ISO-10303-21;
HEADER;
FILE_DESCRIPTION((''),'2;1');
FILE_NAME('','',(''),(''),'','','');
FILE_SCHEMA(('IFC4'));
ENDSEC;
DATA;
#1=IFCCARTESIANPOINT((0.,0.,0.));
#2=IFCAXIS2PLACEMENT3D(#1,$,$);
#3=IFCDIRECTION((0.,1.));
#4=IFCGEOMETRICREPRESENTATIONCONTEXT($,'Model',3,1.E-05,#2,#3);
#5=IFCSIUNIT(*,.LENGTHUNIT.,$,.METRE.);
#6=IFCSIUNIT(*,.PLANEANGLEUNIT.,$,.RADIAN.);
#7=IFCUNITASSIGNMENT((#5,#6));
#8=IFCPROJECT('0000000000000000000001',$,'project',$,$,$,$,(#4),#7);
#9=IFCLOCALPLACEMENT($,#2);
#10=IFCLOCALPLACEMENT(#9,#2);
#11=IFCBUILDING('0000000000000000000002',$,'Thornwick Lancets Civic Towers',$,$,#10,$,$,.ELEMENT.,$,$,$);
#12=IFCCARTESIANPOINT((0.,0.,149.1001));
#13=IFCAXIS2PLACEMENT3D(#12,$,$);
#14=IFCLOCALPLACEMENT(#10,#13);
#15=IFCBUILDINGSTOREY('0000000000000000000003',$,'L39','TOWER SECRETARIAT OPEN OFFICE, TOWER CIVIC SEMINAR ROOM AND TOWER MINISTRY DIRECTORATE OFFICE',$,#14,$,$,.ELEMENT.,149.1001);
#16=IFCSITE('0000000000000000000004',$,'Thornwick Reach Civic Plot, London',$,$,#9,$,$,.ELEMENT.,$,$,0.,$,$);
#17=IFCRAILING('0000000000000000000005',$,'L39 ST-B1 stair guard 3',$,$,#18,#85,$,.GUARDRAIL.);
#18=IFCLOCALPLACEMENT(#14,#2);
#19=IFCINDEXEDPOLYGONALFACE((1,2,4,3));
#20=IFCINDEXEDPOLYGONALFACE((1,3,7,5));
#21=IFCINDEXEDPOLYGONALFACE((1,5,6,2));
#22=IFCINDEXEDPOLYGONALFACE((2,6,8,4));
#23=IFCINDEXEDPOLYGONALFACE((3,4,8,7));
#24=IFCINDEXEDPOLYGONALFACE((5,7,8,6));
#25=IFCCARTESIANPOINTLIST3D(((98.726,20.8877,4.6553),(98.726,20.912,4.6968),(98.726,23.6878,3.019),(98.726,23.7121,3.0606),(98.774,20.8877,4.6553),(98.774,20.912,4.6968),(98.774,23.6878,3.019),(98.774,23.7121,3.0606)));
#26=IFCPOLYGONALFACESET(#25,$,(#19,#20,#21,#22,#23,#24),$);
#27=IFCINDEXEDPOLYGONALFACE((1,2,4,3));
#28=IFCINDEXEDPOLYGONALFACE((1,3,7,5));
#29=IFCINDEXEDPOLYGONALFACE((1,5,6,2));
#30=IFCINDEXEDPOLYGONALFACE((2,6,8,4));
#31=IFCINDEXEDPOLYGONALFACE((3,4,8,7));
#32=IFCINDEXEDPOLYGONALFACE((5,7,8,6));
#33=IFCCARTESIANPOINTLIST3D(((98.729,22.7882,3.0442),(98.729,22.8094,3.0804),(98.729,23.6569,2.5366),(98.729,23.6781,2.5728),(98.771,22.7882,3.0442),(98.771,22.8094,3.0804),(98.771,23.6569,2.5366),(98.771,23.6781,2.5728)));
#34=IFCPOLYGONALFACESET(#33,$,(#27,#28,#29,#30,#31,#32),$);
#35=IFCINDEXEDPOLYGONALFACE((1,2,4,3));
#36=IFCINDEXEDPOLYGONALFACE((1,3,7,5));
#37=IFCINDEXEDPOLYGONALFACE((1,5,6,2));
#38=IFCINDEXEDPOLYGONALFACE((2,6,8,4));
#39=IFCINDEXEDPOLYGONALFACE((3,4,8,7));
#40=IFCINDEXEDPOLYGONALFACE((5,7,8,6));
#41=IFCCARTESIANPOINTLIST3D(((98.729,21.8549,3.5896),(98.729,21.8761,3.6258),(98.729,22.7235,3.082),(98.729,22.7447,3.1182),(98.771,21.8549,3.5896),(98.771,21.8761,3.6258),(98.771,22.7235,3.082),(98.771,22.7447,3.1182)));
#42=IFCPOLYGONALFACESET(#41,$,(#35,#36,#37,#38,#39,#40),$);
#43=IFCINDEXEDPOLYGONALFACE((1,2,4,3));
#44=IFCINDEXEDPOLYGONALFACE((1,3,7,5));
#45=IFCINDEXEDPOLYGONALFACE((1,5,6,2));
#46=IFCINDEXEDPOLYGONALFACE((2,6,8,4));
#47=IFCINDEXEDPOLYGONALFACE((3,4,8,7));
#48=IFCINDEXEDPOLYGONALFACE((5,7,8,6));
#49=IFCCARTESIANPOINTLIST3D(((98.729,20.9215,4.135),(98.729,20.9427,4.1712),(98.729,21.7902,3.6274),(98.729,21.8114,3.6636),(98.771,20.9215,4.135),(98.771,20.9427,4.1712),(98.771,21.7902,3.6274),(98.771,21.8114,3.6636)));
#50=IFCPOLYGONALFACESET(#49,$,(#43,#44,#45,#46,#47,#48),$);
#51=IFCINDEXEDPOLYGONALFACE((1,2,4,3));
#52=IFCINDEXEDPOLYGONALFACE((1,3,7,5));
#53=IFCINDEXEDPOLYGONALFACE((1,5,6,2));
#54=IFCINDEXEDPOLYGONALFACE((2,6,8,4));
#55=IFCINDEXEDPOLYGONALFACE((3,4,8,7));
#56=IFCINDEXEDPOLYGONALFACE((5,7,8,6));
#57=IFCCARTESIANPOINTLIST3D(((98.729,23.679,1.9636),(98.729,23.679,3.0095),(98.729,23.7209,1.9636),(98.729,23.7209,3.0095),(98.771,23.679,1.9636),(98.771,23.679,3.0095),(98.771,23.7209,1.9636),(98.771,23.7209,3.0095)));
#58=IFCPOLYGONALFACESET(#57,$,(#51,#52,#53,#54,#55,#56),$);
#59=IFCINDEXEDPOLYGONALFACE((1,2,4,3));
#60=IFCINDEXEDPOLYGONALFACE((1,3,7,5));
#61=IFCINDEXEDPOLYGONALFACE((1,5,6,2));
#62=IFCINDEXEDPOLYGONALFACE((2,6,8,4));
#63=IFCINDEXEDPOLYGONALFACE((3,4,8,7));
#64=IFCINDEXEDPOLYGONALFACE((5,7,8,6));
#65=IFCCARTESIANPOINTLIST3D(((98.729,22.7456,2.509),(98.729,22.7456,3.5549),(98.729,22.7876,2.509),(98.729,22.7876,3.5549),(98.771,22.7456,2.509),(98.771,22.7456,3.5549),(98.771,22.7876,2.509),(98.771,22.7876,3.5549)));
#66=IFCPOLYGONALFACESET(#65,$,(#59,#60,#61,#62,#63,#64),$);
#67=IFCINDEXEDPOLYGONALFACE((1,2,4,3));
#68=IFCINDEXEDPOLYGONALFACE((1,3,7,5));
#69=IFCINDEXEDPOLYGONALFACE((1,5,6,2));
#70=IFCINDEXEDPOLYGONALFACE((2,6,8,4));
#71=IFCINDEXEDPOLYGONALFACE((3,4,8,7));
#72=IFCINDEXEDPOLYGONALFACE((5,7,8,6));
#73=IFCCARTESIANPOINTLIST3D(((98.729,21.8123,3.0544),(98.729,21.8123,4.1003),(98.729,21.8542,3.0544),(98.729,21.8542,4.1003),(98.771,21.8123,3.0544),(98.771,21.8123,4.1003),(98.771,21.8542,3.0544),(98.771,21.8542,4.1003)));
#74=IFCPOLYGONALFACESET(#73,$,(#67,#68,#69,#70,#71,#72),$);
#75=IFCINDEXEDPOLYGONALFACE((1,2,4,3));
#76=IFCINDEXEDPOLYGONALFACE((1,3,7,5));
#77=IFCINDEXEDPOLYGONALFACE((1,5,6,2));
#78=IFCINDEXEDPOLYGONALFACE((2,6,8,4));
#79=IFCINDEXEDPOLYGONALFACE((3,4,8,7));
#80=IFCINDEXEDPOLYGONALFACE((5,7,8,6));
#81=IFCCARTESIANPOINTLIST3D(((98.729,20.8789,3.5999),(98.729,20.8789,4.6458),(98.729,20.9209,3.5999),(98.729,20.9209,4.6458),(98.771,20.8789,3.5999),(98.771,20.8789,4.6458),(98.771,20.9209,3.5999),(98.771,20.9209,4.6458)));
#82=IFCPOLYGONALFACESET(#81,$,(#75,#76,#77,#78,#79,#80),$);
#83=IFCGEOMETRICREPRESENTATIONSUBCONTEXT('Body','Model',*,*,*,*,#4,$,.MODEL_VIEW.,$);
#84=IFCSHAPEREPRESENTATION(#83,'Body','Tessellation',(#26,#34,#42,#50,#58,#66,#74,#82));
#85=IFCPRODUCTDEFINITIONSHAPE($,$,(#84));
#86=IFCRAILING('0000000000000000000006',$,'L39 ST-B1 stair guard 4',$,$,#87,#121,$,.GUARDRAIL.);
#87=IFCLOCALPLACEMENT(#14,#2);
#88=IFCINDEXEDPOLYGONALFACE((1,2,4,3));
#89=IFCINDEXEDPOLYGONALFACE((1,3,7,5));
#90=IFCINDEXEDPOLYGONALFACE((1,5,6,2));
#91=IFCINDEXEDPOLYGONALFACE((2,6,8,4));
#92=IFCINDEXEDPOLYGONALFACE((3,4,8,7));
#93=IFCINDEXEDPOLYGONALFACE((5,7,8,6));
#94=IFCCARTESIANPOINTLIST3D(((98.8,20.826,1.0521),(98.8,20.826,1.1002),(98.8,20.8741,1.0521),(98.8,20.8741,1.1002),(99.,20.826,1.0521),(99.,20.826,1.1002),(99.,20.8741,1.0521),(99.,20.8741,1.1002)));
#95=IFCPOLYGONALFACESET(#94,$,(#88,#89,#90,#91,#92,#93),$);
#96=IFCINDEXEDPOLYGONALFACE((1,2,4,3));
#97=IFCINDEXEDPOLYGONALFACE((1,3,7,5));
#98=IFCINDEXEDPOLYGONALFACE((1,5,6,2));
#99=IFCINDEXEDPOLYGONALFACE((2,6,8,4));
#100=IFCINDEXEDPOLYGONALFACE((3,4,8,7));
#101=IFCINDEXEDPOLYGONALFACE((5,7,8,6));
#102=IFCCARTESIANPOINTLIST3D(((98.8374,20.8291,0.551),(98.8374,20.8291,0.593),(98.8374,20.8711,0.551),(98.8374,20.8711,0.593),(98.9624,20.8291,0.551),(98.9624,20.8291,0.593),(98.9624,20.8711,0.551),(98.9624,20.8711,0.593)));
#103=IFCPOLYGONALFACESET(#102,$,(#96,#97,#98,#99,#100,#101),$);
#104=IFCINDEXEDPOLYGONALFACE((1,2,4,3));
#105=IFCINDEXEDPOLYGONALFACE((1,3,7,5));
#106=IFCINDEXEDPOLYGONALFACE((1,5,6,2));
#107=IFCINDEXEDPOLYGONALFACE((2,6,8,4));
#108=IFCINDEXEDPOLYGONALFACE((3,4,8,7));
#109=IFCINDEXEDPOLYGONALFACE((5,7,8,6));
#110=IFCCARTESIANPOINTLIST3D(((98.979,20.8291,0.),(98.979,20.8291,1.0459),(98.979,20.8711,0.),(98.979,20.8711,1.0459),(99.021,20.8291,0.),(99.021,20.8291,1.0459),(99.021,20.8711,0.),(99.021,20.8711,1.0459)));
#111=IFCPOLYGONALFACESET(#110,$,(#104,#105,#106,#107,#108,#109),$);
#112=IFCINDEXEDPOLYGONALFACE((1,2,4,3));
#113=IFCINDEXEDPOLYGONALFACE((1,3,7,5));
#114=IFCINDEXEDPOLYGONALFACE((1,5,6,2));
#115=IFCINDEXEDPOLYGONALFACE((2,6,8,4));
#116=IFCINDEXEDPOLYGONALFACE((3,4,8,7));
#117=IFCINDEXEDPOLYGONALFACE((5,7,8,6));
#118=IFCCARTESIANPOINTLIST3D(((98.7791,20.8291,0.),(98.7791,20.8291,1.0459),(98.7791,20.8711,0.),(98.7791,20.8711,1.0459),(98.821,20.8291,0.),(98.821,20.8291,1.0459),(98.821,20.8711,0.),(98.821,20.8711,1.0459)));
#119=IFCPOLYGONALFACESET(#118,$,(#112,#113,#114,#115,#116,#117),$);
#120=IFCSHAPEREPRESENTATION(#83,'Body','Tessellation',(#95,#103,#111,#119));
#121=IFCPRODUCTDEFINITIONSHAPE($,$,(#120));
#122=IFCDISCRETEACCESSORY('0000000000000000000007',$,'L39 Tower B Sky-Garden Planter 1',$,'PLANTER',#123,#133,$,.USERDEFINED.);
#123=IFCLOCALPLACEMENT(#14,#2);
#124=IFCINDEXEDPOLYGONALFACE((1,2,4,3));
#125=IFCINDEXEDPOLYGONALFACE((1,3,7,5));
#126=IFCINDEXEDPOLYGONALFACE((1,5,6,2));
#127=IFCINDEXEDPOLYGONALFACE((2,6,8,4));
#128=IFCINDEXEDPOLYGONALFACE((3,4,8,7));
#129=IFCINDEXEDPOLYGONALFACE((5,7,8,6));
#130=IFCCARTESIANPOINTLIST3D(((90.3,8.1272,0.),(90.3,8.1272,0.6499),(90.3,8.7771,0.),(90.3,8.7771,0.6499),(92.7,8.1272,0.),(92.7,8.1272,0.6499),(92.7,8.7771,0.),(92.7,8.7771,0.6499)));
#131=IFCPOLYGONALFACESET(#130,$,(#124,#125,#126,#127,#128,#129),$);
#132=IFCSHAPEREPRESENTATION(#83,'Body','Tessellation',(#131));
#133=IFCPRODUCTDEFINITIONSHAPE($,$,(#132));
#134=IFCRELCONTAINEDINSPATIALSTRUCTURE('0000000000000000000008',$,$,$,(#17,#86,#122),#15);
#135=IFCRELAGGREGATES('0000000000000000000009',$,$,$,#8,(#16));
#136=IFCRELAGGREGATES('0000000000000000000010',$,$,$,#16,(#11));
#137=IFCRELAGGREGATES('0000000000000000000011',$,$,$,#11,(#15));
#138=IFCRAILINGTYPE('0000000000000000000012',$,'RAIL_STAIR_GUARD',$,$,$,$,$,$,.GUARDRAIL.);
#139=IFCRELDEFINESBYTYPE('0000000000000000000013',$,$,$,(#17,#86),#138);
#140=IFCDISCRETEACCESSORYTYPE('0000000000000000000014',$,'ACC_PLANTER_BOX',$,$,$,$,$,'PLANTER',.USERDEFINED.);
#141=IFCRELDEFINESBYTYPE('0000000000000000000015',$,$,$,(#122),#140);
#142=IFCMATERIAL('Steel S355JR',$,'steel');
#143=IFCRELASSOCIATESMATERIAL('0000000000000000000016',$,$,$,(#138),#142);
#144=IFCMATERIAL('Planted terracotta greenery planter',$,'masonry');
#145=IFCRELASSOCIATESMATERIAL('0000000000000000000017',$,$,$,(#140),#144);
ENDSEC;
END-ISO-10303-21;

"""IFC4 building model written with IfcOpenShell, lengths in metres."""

from ifc_helpers import new_model, si_unit, direction, frame, origin, origin_2d, place, context, subcontext, project, spatial, rectangle, extrude, material, type_object, element, save


model = new_model("IFC4")

# Units and contexts
model_context = context("Model", 3, precision=1e-05, world=origin(), true_north=direction((0.0, 1.0)))
body_context = subcontext(model_context, "Body", "Model", "MODEL_VIEW")
ifc_project = project(units=[si_unit("LENGTHUNIT", "METRE"), si_unit("PLANEANGLEUNIT", "RADIAN")], contexts=[model_context])

# Site, building, storey
site_placement = place(None, origin())
site = spatial("IfcSite", under=ifc_project, at=site_placement, Name="Thornwick Reach Civic Plot, London", CompositionType="ELEMENT", RefElevation=0.0)
building_placement = place(site_placement, origin())
building = spatial("IfcBuilding", under=site, at=building_placement, Name="Thornwick Lancets Civic Towers", CompositionType="ELEMENT")
storey_placement = place(building_placement, frame((0.0, 0.0, 149.1001)))
storey = spatial("IfcBuildingStorey", under=building, at=storey_placement, Name="L39", Description="TOWER SECRETARIAT OPEN OFFICE, TOWER CIVIC SEMINAR ROOM AND TOWER MINISTRY DIRECTORATE OFFICE", CompositionType="ELEMENT", Elevation=149.1001)

# Shared definitions
ifc_material_1 = material(Name="Steel S355JR", Category="steel")

# Railings
railing_type_1 = type_object("IfcRailingType", Name="RAIL_STAIR_GUARD", PredefinedType="GUARDRAIL", material=ifc_material_1)
railing_1_placement = place(storey_placement, frame((98.75, 23.7, 1.9636)))
element("IfcRailing", 1, at=railing_1_placement, inside=storey, type_object=railing_type_1, Name="L39 ST-B1 stair guard 3", PredefinedType="GUARDRAIL", context=body_context, shape_type="SweptSolid", body=[
    extrude(rectangle(XDim=0.0481, YDim=0.0481, at=origin_2d()), frame((0.0, 0.0, 1.0762), z_axis=(0.0, -0.863394, 0.504531), x_axis=(1.0, 0.0, 0.0)), (0.0, 0.0, 1.0), 3.2432),
    extrude(rectangle(XDim=0.042, YDim=0.042, at=origin_2d()), frame((0.0, -0.0325, 0.5911), z_axis=(0.0, -0.863394, 0.504531), x_axis=(1.0, 0.0, 0.0)), (0.0, 0.0, 1.0), 1.0061),
    extrude(rectangle(XDim=0.042, YDim=0.042, at=origin_2d()), frame((0.0, -0.9658, 1.1365), z_axis=(0.0, -0.863394, 0.504531), x_axis=(1.0, 0.0, 0.0)), (0.0, 0.0, 1.0), 1.0061),
    extrude(rectangle(XDim=0.042, YDim=0.042, at=origin_2d()), frame((0.0, -1.8992, 1.6819), z_axis=(0.0, -0.863394, 0.504531), x_axis=(1.0, 0.0, 0.0)), (0.0, 0.0, 1.0), 1.0061),
    extrude(rectangle(XDim=0.042, YDim=0.042, at=origin_2d()), origin(), (0.0, 0.0, 1.0), 1.0459),
    extrude(rectangle(XDim=0.042, YDim=0.042, at=origin_2d()), frame((0.0, -0.9333, 0.5454)), (0.0, 0.0, 1.0), 1.0459),
    extrude(rectangle(XDim=0.042, YDim=0.042, at=origin_2d()), frame((0.0, -1.8667, 1.0908)), (0.0, 0.0, 1.0), 1.0459),
    extrude(rectangle(XDim=0.042, YDim=0.042, at=origin_2d()), frame((0.0, -2.8, 1.6362)), (0.0, 0.0, 1.0), 1.0459),
])
railing_2_placement = place(storey_placement, frame((99.0, 20.8501, 0.0)))
element("IfcRailing", 2, at=railing_2_placement, inside=storey, type_object=railing_type_1, Name="L39 ST-B1 stair guard 4", PredefinedType="GUARDRAIL", context=body_context, shape_type="SweptSolid", body=[
    extrude(rectangle(XDim=0.0481, YDim=0.0481, at=origin_2d()), frame((0.0, 0.0, 1.0762), z_axis=(-1.0, 0.0, 0.0), x_axis=(0.0, -1.0, 0.0)), (0.0, 0.0, 1.0), 0.2),
    extrude(rectangle(XDim=0.042, YDim=0.042, at=origin_2d()), frame((-0.0376, 0.0, 0.572), z_axis=(-1.0, 0.0, 0.0), x_axis=(0.0, -1.0, 0.0)), (0.0, 0.0, 1.0), 0.125),
    extrude(rectangle(XDim=0.042, YDim=0.042, at=origin_2d()), origin(), (0.0, 0.0, 1.0), 1.0459),
    extrude(rectangle(XDim=0.042, YDim=0.042, at=origin_2d()), frame((-0.2, 0.0, 0.0)), (0.0, 0.0, 1.0), 1.0459),
])

# Discrete accessory
ifc_material_2 = material(Name="Planted terracotta greenery planter", Category="masonry")
discrete_accessory_type = type_object("IfcDiscreteAccessoryType", Name="ACC_PLANTER_BOX", ElementType="PLANTER", PredefinedType="USERDEFINED", material=ifc_material_2)
discrete_accessory_placement = place(storey_placement, frame((91.5, 8.4521, 0.0), z_axis=(0.0, 0.0, 1.0), x_axis=(1.0, 0.0, 0.0)))
element("IfcDiscreteAccessory", 3, at=discrete_accessory_placement, inside=storey, type_object=discrete_accessory_type, Name="L39 Tower B Sky-Garden Planter 1", ObjectType="PLANTER", PredefinedType="USERDEFINED", context=body_context, shape_type="SweptSolid", body=[
    extrude(rectangle(XDim=2.3999, YDim=0.6499, at=origin_2d()), origin(), (0.0, 0.0, 1.0), 0.6499),
])

save(model, "model.ifc")
